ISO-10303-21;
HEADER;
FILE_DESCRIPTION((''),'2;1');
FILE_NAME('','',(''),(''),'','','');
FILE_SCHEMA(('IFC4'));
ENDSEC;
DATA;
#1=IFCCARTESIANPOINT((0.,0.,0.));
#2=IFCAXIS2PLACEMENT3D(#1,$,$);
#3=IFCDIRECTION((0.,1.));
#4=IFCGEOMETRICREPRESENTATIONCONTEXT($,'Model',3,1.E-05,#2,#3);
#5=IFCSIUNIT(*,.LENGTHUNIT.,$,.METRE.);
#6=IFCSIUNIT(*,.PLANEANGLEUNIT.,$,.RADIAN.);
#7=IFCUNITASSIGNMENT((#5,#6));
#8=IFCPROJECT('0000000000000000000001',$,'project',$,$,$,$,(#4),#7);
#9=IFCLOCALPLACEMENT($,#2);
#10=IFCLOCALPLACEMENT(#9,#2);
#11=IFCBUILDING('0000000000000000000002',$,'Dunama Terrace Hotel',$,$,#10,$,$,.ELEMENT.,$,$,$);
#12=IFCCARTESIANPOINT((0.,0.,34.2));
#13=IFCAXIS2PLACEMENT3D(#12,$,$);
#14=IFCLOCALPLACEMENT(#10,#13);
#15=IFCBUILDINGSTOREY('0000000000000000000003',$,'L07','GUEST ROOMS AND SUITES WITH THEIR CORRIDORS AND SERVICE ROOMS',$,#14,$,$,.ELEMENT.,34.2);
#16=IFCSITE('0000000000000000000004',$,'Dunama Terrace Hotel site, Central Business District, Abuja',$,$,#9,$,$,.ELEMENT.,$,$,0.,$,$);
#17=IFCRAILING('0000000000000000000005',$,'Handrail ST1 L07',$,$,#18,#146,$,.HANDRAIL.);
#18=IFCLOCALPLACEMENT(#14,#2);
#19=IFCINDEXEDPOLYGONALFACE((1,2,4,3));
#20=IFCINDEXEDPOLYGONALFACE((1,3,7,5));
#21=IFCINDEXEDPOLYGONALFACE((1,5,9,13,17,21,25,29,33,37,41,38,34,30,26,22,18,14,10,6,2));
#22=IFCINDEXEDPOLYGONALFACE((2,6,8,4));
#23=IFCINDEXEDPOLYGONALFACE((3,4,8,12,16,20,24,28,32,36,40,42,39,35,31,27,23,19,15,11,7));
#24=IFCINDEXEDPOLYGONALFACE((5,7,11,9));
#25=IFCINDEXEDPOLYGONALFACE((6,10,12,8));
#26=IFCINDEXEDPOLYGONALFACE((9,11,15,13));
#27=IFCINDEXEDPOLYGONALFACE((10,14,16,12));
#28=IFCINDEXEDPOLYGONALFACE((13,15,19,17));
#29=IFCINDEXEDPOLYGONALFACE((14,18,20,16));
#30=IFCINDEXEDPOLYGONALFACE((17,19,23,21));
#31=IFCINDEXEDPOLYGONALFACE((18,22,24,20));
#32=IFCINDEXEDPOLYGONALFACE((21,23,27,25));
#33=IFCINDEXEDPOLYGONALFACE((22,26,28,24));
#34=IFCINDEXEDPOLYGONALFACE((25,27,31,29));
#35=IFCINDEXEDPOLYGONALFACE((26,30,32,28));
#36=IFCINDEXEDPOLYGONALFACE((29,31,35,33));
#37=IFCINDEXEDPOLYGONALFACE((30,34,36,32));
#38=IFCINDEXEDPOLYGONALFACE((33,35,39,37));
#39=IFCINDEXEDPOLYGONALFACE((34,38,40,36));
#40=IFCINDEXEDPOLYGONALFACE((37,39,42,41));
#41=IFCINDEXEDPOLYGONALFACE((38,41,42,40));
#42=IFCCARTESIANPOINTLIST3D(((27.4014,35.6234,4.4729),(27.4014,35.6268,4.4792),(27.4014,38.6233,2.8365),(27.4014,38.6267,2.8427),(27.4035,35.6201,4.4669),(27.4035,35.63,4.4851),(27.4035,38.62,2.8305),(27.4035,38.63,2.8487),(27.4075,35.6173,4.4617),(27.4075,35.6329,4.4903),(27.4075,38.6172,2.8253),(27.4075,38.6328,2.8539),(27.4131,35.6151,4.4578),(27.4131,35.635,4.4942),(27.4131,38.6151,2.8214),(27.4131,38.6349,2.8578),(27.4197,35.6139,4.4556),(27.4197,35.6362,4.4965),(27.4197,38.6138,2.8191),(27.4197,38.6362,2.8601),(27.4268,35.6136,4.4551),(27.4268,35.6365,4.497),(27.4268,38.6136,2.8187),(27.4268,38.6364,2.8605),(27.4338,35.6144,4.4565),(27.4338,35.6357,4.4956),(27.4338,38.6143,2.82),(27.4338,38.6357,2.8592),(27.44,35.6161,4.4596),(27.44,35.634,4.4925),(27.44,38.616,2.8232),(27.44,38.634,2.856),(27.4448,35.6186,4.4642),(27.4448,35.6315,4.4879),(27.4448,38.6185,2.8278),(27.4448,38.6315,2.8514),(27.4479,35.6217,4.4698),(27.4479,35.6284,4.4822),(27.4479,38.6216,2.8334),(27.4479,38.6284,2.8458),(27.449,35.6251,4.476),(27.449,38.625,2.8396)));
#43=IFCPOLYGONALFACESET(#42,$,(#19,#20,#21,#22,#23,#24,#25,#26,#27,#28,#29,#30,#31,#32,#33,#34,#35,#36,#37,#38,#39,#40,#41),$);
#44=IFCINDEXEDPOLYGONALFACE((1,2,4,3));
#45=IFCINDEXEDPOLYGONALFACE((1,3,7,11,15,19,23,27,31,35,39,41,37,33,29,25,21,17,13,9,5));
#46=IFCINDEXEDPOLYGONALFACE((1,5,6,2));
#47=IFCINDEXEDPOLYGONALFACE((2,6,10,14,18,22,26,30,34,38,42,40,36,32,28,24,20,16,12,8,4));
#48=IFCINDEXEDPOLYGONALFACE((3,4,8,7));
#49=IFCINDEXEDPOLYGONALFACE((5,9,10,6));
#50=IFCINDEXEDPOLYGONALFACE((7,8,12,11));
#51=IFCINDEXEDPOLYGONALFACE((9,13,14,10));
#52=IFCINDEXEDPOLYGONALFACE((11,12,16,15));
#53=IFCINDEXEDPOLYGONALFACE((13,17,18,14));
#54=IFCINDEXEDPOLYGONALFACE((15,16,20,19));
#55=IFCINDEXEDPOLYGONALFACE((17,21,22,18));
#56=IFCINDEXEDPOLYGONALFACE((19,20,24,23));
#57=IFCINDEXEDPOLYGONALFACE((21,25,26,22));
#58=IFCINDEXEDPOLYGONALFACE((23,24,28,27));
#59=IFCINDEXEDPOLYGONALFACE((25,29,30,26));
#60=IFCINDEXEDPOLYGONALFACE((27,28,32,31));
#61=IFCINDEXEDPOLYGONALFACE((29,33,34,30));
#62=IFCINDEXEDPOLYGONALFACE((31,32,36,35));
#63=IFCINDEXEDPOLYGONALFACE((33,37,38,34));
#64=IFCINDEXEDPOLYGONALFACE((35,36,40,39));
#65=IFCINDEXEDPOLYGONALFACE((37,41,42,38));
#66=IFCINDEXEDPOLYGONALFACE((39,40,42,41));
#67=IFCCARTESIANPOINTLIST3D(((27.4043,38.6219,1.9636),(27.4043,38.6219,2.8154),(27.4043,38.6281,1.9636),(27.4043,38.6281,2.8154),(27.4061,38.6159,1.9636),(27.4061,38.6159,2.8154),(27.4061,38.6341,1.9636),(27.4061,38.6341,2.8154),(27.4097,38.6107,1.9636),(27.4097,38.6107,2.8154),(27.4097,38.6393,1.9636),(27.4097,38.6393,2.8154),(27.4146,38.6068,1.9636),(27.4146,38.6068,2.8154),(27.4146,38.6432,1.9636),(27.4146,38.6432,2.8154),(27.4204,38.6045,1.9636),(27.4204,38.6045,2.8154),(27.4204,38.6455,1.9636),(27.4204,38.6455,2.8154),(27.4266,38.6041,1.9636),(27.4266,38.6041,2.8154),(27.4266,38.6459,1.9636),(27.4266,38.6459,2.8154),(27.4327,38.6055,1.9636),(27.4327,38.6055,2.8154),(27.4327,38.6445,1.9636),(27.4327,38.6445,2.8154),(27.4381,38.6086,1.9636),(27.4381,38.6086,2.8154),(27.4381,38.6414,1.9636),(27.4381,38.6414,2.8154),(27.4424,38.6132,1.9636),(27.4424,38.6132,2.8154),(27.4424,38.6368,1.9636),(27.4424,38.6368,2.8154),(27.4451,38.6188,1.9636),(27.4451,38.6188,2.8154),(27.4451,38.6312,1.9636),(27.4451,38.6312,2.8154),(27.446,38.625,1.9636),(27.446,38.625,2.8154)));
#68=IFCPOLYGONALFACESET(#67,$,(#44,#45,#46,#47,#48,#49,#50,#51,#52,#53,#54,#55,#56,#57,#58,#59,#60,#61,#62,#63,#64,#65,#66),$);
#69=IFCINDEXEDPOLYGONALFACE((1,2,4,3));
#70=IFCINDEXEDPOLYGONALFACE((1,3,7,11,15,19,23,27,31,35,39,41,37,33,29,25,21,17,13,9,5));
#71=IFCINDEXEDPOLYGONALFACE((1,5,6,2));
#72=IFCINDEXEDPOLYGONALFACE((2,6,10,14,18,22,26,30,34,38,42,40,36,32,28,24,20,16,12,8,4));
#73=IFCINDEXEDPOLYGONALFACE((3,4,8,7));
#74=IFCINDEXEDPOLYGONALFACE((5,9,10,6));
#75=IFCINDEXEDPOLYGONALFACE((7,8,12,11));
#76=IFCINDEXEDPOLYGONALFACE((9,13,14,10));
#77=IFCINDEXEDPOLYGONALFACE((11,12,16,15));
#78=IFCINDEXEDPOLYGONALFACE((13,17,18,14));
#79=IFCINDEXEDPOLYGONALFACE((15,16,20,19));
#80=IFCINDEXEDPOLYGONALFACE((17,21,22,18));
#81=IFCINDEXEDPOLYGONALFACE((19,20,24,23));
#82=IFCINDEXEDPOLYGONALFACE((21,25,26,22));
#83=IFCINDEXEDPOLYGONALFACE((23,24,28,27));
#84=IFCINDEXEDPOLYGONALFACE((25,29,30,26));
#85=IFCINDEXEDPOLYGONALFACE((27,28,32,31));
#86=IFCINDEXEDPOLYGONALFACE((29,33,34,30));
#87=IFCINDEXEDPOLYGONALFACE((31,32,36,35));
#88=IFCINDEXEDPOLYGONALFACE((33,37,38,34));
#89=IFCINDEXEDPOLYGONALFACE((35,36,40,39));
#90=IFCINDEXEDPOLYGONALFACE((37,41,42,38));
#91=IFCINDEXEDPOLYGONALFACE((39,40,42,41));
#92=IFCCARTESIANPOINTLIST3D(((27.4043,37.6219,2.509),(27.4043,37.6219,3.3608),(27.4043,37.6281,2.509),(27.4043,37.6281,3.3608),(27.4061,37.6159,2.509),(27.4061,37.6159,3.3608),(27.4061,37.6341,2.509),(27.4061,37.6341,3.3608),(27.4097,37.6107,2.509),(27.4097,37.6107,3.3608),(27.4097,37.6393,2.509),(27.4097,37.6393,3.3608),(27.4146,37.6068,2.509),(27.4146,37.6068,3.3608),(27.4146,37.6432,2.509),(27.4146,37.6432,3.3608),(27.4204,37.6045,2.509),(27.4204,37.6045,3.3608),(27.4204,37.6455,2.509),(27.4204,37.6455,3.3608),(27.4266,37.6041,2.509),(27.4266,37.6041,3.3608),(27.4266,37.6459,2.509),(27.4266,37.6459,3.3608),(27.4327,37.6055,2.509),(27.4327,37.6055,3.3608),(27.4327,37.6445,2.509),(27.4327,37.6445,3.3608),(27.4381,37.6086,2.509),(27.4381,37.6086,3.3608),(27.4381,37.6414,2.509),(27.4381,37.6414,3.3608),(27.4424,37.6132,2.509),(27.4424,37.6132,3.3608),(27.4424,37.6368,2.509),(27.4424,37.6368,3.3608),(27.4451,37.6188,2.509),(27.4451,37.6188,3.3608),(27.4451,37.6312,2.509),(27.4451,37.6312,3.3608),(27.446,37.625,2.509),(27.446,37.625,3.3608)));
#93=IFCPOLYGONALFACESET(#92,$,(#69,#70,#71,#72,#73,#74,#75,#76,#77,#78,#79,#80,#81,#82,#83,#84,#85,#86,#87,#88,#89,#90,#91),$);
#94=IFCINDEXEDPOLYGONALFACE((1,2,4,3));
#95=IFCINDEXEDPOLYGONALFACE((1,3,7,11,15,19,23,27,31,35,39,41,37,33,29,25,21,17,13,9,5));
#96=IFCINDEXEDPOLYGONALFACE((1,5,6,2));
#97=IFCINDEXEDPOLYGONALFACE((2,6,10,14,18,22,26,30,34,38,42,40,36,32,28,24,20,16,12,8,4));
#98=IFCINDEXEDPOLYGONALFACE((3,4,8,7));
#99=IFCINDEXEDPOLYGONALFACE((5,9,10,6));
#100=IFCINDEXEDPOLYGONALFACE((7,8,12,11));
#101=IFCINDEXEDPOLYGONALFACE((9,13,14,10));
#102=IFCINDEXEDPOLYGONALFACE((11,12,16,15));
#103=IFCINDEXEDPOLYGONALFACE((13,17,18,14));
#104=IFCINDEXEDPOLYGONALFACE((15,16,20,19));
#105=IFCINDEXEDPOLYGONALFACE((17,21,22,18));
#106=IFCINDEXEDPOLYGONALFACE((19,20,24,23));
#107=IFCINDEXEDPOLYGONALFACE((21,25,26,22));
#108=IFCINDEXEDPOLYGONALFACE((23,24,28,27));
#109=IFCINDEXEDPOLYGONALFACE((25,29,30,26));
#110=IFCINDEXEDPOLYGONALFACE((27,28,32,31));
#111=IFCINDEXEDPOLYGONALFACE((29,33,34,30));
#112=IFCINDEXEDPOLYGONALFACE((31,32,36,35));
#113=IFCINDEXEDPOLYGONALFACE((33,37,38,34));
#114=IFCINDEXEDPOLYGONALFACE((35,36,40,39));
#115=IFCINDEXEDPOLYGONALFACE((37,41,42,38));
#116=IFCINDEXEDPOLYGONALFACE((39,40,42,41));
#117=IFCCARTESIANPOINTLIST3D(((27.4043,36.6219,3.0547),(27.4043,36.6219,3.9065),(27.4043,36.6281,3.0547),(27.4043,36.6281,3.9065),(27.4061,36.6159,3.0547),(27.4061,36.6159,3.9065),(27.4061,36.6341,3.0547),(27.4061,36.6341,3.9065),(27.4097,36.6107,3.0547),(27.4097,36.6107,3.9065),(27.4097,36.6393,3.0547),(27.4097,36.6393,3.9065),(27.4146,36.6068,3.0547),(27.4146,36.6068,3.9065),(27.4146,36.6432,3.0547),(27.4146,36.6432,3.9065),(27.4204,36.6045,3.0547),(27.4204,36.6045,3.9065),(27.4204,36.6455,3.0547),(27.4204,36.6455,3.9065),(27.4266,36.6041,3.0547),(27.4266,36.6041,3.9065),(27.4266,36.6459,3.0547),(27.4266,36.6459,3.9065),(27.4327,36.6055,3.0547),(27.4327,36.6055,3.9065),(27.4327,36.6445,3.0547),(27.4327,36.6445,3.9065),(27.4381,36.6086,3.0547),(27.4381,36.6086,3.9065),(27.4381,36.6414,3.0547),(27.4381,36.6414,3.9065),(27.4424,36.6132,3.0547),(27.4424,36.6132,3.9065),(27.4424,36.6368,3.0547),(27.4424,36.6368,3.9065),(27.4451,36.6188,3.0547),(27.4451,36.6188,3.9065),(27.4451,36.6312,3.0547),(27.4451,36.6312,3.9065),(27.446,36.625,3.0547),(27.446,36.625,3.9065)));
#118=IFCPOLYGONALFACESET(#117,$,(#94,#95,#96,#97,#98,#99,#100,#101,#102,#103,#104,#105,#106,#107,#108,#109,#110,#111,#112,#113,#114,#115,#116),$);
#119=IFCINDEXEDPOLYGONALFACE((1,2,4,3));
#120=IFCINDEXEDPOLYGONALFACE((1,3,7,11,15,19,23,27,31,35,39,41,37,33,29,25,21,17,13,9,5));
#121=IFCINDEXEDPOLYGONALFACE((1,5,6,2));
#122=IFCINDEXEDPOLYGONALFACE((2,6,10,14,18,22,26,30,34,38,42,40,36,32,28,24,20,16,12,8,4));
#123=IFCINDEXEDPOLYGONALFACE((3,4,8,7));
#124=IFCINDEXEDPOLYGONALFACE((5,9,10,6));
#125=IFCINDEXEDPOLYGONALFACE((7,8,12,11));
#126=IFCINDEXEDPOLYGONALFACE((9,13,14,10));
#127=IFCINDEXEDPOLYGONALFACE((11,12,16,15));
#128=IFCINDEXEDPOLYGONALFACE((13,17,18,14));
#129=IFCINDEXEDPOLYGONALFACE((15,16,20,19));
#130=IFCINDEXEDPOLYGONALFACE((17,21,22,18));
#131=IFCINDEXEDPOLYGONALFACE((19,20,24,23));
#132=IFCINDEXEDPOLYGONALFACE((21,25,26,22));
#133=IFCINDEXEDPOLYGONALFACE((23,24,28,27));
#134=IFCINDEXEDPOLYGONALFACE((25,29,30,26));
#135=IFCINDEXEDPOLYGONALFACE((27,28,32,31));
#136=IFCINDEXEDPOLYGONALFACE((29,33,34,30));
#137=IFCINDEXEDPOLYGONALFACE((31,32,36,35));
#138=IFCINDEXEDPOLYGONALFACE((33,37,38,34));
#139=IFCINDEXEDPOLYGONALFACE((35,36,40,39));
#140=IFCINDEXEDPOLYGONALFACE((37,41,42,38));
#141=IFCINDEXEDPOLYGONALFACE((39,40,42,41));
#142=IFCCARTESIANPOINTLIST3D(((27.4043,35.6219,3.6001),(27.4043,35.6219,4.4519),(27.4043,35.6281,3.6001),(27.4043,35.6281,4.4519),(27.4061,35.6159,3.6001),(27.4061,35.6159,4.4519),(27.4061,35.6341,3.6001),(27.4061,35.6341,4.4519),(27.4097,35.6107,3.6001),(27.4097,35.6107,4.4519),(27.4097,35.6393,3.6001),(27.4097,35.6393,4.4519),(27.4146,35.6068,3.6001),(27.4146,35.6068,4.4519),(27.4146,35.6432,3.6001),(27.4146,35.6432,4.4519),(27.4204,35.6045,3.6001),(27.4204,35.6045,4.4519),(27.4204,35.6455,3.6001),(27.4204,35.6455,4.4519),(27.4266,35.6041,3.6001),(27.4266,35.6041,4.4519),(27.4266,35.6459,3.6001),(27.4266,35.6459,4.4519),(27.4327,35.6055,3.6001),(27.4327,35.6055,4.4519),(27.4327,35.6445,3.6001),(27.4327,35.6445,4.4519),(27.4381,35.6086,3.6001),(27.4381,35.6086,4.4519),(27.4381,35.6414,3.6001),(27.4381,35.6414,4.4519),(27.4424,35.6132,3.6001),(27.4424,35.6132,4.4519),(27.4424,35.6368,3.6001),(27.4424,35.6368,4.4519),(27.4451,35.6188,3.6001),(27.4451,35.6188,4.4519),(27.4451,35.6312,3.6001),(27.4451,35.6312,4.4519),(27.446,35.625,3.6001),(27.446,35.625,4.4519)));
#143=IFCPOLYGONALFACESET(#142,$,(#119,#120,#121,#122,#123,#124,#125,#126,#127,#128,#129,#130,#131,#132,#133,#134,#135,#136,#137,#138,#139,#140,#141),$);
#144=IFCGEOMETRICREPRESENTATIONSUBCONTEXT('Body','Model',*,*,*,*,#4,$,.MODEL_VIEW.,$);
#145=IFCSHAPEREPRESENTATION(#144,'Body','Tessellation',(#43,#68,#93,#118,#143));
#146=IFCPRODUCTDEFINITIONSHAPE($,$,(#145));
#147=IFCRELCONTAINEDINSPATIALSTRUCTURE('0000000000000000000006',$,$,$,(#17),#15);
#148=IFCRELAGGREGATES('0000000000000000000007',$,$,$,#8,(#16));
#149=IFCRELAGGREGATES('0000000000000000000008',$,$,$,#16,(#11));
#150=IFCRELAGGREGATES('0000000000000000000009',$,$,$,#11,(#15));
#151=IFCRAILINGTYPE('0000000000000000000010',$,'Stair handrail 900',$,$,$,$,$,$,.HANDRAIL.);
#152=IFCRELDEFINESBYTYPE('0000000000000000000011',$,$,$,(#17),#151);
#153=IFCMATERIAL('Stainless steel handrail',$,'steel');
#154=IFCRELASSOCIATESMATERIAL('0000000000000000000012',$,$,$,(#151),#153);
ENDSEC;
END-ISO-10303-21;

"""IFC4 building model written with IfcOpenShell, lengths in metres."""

from ifc_helpers import new_model, si_unit, direction, frame, origin, origin_2d, place, context, subcontext, project, spatial, circle, extrude, material, type_object, element, save


model = new_model("IFC4")

# Units and contexts
model_context = context("Model", 3, precision=1e-05, world=origin(), true_north=direction((0.0, 1.0)))
body_context = subcontext(model_context, "Body", "Model", "MODEL_VIEW")
ifc_project = project(units=[si_unit("LENGTHUNIT", "METRE"), si_unit("PLANEANGLEUNIT", "RADIAN")], contexts=[model_context])

# Site, building, storey
site_placement = place(None, origin())
site = spatial("IfcSite", under=ifc_project, at=site_placement, Name="Dunama Terrace Hotel site, Central Business District, Abuja", CompositionType="ELEMENT", RefElevation=0.0)
building_placement = place(site_placement, origin())
building = spatial("IfcBuilding", under=site, at=building_placement, Name="Dunama Terrace Hotel", CompositionType="ELEMENT")
storey_placement = place(building_placement, frame((0.0, 0.0, 34.2)))
storey = spatial("IfcBuildingStorey", under=building, at=storey_placement, Name="L07", Description="GUEST ROOMS AND SUITES WITH THEIR CORRIDORS AND SERVICE ROOMS", CompositionType="ELEMENT", Elevation=34.2)

# Railing
ifc_material_1 = material(Name="Stainless steel handrail", Category="steel")
railing_type = type_object("IfcRailingType", Name="Stair handrail 900", PredefinedType="HANDRAIL", material=ifc_material_1)
railing_1_placement = place(storey_placement, frame((27.425, 38.625, 1.9636)))
element("IfcRailing", 1, at=railing_1_placement, inside=storey, type_object=railing_type, Name="Handrail ST1 L07", PredefinedType="HANDRAIL", context=body_context, shape_type="SweptSolid", body=[
    extrude(circle(Radius=0.0239, at=origin_2d()), frame((0.0, 0.0, 0.876), z_axis=(0.0, -0.877882, 0.478877), x_axis=(1.0, 0.0, 0.0)), (0.0, 0.0, 1.0), 3.4172),
    extrude(circle(Radius=0.021, at=origin_2d()), origin(), (0.0, 0.0, 1.0), 0.8518),
    extrude(circle(Radius=0.021, at=origin_2d()), frame((0.0, -1.0, 0.5454)), (0.0, 0.0, 1.0), 0.8518),
    extrude(circle(Radius=0.021, at=origin_2d()), frame((0.0, -2.0, 1.0911)), (0.0, 0.0, 1.0), 0.8518),
    extrude(circle(Radius=0.021, at=origin_2d()), frame((0.0, -3.0, 1.6365)), (0.0, 0.0, 1.0), 0.8518),
])

save(model, "model.ifc")
